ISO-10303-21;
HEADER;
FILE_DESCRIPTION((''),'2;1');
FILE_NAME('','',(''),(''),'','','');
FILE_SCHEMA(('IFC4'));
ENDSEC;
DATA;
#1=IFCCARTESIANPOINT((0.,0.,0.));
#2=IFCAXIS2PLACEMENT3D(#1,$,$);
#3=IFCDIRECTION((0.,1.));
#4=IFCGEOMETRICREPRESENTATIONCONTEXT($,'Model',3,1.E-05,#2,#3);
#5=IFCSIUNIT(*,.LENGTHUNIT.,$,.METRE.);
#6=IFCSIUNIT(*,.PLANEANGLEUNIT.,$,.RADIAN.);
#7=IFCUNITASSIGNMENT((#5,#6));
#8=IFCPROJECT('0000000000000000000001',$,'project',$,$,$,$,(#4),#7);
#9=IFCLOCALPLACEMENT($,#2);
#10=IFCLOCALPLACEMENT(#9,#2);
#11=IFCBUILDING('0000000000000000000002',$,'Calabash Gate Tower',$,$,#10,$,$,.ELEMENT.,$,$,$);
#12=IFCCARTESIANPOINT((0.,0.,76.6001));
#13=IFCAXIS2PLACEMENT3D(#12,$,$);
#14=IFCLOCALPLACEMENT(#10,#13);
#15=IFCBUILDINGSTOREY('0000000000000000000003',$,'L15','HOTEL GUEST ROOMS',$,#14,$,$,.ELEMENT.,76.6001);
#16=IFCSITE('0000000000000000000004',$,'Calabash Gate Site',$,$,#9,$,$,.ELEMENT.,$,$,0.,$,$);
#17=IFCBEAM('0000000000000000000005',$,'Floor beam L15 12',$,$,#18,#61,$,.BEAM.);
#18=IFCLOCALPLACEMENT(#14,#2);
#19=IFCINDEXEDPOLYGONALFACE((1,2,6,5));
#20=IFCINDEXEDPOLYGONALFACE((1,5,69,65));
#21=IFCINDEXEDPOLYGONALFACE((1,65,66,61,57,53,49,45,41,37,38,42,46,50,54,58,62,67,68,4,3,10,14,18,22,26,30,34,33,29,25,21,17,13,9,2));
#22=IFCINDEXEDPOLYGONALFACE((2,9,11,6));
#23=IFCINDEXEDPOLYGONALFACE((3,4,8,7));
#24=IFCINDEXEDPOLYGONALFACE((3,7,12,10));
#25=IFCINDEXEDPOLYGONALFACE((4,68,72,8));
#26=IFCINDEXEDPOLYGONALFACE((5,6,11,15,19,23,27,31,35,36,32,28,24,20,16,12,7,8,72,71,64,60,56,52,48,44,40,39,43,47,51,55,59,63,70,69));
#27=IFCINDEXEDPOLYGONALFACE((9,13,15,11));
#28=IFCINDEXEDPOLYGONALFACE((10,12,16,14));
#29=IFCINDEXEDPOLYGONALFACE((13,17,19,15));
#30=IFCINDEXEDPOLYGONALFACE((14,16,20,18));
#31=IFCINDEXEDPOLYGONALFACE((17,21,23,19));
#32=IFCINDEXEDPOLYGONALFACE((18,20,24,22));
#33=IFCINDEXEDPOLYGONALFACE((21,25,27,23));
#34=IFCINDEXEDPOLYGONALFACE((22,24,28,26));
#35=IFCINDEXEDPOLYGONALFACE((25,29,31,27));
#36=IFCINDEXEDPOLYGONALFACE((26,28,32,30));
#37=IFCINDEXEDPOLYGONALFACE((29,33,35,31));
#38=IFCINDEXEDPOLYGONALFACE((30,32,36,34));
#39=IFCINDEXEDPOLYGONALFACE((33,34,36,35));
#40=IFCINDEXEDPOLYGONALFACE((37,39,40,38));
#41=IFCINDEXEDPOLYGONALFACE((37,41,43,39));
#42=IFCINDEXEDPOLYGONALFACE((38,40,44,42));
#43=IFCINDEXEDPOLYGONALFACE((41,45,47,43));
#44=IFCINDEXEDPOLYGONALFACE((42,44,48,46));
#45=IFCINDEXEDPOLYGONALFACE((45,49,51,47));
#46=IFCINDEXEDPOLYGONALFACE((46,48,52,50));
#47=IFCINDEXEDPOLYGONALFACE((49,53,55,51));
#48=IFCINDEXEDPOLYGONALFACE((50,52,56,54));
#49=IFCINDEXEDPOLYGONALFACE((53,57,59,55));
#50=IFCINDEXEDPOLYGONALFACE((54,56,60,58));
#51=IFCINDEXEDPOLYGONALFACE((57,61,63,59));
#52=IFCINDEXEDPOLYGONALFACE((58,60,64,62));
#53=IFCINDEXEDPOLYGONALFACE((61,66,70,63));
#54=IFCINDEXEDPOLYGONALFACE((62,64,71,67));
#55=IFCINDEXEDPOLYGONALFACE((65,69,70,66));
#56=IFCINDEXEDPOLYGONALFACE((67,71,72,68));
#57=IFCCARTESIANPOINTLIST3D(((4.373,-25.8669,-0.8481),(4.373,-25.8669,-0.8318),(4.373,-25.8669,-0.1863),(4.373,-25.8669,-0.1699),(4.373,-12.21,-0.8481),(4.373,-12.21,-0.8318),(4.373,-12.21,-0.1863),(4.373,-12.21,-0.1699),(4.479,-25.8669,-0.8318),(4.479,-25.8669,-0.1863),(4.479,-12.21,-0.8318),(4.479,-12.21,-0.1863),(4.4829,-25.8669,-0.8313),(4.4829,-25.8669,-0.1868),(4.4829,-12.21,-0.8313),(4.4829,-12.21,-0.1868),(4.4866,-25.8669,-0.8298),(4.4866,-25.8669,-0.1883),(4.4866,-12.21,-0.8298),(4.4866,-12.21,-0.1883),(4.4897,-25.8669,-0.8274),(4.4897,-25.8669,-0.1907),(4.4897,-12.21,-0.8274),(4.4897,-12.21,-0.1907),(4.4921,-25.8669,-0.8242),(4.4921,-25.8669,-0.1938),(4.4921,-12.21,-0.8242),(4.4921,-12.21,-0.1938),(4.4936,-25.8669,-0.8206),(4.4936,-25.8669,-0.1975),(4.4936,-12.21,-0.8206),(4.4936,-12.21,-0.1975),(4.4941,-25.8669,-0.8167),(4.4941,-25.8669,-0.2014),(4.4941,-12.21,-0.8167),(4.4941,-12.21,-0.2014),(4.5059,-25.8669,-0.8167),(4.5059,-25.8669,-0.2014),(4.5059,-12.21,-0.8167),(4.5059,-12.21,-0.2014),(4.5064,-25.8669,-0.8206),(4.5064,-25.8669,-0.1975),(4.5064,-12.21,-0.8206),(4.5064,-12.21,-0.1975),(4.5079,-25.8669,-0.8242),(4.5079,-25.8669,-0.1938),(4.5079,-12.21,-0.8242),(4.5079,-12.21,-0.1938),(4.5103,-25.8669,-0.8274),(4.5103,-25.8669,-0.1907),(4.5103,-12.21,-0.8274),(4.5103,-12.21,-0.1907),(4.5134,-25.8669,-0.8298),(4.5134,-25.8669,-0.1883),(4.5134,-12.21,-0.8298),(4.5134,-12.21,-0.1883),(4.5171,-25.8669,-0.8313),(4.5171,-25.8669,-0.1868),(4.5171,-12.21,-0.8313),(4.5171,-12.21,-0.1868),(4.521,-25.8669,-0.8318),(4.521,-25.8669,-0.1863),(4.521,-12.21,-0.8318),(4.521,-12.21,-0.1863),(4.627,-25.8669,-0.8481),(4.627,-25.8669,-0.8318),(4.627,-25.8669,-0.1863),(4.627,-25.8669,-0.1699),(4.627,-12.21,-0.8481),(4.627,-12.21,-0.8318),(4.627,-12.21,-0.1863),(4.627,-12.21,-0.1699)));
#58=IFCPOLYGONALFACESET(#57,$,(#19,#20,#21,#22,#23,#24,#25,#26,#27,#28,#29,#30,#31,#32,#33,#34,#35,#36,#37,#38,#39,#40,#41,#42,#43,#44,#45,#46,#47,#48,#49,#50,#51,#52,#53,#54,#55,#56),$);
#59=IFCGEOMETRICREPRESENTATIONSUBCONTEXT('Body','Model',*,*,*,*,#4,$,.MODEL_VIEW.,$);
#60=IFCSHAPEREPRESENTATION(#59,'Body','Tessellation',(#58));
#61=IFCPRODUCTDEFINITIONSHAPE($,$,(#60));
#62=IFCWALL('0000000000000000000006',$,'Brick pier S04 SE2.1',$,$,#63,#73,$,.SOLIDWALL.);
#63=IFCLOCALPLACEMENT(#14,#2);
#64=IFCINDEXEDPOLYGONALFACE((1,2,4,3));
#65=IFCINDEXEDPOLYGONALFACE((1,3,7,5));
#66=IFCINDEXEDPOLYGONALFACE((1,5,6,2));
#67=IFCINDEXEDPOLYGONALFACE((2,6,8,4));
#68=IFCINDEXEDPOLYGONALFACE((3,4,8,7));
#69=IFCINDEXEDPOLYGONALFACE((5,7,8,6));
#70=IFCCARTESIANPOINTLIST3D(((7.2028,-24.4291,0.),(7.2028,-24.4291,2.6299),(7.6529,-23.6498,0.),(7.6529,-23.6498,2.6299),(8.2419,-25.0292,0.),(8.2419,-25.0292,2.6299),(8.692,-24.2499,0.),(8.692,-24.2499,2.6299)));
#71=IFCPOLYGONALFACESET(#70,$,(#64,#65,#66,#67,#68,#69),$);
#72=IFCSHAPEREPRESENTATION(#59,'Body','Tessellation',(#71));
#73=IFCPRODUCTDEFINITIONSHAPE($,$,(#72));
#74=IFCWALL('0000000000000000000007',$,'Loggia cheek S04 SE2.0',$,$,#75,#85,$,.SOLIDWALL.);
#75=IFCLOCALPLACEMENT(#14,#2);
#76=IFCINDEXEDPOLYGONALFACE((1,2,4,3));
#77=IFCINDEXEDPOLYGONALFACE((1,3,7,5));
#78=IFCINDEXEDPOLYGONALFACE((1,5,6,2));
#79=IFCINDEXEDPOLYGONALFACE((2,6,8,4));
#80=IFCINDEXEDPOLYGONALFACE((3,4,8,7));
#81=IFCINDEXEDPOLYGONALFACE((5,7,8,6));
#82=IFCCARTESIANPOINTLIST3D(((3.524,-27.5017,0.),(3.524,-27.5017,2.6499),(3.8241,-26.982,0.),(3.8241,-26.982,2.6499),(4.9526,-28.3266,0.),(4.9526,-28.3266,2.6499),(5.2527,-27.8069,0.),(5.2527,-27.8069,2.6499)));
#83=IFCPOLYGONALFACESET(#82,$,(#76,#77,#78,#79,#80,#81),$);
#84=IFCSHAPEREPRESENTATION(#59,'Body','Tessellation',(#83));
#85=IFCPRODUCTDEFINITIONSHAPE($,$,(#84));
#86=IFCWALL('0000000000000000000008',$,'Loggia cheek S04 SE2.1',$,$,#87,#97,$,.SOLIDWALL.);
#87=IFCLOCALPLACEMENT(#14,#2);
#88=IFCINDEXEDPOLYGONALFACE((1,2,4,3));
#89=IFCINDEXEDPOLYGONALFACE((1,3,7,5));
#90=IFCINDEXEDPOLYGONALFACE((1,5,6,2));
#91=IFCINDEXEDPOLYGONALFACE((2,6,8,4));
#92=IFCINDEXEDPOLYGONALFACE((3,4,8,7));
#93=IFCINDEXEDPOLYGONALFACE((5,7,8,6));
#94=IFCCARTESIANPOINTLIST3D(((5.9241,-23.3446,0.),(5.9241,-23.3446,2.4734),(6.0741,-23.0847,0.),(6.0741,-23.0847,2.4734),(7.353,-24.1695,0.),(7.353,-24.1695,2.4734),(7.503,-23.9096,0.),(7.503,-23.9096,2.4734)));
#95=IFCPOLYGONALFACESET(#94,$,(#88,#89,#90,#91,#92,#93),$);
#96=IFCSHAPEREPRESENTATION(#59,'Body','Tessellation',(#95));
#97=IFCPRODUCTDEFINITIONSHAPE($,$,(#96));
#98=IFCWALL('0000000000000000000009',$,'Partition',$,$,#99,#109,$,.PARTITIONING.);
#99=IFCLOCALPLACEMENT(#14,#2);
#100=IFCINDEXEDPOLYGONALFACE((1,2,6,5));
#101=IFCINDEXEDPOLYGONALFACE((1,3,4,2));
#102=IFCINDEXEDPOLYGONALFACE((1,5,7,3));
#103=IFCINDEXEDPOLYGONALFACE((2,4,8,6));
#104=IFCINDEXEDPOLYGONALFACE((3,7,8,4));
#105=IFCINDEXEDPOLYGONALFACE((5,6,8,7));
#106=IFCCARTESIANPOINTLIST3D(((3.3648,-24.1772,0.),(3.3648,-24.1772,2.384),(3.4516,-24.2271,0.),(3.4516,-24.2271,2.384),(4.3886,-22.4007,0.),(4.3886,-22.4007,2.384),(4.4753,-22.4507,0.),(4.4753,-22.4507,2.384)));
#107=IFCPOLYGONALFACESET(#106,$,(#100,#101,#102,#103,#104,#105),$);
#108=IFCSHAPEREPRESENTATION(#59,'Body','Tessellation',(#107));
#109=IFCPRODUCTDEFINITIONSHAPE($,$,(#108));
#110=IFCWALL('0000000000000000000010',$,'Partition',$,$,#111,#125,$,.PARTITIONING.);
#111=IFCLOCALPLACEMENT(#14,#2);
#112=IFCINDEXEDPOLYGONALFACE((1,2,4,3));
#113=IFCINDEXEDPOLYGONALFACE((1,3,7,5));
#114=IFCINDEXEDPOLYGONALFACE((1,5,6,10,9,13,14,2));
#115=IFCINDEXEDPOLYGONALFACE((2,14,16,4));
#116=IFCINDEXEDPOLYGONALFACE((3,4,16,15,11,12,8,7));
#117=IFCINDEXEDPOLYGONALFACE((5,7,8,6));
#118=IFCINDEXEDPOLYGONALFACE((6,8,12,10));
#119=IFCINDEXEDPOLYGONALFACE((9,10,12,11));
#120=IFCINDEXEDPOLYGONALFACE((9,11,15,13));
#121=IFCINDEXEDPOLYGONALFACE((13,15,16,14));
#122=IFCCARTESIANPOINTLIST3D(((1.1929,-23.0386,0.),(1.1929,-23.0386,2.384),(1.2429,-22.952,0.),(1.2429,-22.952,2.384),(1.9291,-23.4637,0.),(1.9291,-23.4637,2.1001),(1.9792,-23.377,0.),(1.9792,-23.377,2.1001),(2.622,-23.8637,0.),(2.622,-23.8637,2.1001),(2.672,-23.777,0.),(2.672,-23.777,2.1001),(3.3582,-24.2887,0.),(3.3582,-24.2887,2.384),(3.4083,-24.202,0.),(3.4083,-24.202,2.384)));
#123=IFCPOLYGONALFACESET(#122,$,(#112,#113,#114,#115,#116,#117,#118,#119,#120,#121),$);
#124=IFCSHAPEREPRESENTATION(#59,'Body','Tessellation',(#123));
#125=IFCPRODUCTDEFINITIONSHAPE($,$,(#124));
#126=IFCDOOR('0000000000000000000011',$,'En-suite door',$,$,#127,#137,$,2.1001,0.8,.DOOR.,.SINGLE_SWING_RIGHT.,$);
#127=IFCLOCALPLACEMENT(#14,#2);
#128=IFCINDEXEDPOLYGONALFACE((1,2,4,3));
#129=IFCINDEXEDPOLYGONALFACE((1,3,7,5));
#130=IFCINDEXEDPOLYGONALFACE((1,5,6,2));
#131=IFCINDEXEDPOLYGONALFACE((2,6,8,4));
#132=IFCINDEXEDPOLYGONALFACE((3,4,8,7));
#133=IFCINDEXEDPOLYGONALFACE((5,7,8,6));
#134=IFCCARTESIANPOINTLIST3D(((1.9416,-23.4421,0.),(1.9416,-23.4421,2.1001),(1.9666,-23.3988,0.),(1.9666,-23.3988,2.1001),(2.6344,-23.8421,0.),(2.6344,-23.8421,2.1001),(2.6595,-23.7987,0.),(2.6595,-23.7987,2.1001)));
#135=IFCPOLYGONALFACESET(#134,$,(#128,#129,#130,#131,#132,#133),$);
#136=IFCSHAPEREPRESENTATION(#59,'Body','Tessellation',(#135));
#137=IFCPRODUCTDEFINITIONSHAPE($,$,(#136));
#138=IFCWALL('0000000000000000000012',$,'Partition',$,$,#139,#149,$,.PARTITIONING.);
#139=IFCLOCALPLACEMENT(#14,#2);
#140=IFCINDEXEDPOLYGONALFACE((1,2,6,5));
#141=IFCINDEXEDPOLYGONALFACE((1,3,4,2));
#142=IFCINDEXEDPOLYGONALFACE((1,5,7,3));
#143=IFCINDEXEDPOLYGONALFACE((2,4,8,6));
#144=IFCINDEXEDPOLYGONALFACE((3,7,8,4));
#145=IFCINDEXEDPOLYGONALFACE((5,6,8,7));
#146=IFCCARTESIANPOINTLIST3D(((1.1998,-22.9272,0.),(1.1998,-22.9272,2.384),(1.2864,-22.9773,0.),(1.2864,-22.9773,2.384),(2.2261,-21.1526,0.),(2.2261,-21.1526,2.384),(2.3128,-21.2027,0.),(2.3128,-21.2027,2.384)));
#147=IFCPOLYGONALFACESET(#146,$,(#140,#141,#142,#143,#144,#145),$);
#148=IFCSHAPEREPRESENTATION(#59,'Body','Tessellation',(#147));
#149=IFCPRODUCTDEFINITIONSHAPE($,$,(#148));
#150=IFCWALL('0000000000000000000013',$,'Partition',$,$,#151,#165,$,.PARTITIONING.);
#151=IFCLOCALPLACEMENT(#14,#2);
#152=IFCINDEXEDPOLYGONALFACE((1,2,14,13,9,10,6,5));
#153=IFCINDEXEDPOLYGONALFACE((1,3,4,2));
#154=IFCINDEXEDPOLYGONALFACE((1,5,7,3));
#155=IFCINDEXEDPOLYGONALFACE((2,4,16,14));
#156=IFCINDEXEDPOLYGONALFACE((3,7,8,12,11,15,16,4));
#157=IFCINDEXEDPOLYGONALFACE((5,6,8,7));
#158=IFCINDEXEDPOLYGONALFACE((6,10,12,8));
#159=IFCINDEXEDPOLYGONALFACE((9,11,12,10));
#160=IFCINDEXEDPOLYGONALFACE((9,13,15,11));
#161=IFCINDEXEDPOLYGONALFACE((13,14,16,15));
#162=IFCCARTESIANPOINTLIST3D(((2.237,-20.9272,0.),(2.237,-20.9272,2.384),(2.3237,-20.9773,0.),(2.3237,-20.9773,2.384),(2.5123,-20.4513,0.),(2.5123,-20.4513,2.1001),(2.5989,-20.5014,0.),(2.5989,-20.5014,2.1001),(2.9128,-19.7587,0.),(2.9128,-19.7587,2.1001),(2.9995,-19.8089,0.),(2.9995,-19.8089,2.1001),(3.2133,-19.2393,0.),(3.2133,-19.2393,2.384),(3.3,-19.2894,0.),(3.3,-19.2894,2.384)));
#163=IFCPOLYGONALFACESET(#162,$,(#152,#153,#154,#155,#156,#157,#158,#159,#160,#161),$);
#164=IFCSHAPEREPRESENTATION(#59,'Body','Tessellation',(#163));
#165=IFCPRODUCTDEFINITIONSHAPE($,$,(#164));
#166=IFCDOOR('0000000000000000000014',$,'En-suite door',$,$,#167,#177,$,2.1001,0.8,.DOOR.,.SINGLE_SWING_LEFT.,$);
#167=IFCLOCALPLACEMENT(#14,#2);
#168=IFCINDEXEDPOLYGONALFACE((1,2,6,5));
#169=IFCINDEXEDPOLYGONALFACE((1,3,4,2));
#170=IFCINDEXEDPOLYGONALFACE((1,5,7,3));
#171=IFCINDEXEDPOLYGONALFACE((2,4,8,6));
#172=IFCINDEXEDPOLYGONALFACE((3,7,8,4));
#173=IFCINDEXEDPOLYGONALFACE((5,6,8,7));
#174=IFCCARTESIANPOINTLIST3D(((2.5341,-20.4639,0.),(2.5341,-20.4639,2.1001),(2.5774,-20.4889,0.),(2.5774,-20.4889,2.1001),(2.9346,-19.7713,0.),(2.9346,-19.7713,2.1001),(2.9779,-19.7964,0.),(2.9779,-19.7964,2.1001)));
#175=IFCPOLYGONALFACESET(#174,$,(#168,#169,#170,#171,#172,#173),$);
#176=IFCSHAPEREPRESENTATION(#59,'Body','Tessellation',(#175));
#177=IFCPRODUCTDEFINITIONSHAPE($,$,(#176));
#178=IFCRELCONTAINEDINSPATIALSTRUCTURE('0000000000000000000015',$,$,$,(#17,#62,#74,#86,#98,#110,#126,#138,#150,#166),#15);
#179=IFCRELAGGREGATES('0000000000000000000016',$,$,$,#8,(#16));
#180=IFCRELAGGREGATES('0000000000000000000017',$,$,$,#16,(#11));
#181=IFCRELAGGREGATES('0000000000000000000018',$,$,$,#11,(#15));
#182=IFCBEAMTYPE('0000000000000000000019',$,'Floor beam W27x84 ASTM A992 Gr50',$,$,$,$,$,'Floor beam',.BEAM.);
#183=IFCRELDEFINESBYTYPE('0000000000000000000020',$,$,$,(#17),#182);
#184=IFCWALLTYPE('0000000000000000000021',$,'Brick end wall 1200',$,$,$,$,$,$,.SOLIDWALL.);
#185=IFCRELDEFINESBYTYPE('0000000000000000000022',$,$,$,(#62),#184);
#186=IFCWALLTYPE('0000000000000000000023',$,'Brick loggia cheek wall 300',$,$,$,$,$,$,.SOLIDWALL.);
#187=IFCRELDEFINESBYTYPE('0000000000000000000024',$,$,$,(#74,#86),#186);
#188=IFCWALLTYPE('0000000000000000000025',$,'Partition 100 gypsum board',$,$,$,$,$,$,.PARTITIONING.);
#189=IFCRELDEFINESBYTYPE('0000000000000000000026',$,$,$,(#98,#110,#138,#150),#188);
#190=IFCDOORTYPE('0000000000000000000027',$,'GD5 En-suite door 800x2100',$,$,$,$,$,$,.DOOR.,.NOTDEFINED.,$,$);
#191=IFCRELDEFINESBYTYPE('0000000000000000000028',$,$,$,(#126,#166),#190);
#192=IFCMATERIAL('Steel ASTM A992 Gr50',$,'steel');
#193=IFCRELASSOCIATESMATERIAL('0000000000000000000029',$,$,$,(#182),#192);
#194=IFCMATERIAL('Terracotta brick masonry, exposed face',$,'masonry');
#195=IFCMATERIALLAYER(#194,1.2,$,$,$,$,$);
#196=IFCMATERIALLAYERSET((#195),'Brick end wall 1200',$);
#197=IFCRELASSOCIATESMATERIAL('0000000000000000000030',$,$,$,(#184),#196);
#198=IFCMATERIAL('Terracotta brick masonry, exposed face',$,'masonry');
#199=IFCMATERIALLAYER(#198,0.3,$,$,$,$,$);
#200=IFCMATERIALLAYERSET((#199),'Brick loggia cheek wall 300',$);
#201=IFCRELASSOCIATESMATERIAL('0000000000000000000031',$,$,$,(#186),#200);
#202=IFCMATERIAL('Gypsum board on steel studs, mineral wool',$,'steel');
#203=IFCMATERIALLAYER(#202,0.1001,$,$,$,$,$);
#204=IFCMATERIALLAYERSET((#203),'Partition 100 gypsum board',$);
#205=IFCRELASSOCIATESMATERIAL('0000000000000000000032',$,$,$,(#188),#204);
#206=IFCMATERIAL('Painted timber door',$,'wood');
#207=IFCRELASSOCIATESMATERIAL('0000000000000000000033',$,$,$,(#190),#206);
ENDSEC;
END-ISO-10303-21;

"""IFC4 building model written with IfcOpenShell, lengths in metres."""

from ifc_helpers import new_model, si_unit, direction, frame, frame_2d, origin, origin_2d, place, context, subcontext, project, spatial, rectangle, i_section, extrude, material, layer, layer_set, material_profile, profile_set, type_object, element, fill, save


model = new_model("IFC4")

# Units and contexts
model_context = context("Model", 3, precision=1e-05, world=origin(), true_north=direction((0.0, 1.0)))
body_context = subcontext(model_context, "Body", "Model", "MODEL_VIEW")
ifc_project = project(units=[si_unit("LENGTHUNIT", "METRE"), si_unit("PLANEANGLEUNIT", "RADIAN")], contexts=[model_context])

# Site, building, storey
site_placement = place(None, origin())
site = spatial("IfcSite", under=ifc_project, at=site_placement, Name="Calabash Gate Site", CompositionType="ELEMENT", RefElevation=0.0)
building_placement = place(site_placement, origin())
building = spatial("IfcBuilding", under=site, at=building_placement, Name="Calabash Gate Tower", CompositionType="ELEMENT")
storey_placement = place(building_placement, frame((0.0, 0.0, 76.6001)))
storey = spatial("IfcBuildingStorey", under=building, at=storey_placement, Name="L15", Description="HOTEL GUEST ROOMS", CompositionType="ELEMENT", Elevation=76.6001)

# Beam
ifc_material_1 = material(Name="Steel ASTM A992 Gr50", Category="steel")
ifc_material_profile_1 = material_profile(ifc_material_1, i_section(OverallWidth=0.2539, OverallDepth=0.6782, WebThickness=0.0117, FlangeThickness=0.0164, FilletRadius=0.0151, at=origin_2d()))
ifc_profile_set_1 = profile_set([ifc_material_profile_1], Name="Steel ASTM A992 Gr50")
beam_type_1 = type_object("IfcBeamType", Name="Floor beam W27x84 ASTM A992 Gr50", ElementType="Floor beam", PredefinedType="BEAM", material=ifc_profile_set_1)
beam_1_placement = place(storey_placement, frame((4.5, -25.8669, -0.509), z_axis=(0.0, 1.0, 0.0), x_axis=(-1.0, 0.0, 0.0)))
element("IfcBeam", 1, at=beam_1_placement, inside=storey, type_object=beam_type_1, Name="Floor beam L15 12", PredefinedType="BEAM", context=body_context, shape_type="SweptSolid", body=[
    extrude(i_section(OverallWidth=0.2539, OverallDepth=0.6782, WebThickness=0.0117, FlangeThickness=0.0164, FilletRadius=0.0151, at=origin_2d()), origin(), (0.0, 0.0, 1.0), 13.657),
])

# Walls
ifc_material_2 = material(Name="Terracotta brick masonry, exposed face", Category="masonry")
ifc_layer_1 = layer(ifc_material_2, 1.2)
ifc_layer_set_1 = layer_set([ifc_layer_1], Name="Brick end wall 1200")
wall_type_1 = type_object("IfcWallType", Name="Brick end wall 1200", PredefinedType="SOLIDWALL", material=ifc_layer_set_1)
wall_1_placement = place(storey_placement, frame((8.467, -24.6396, 0.0), z_axis=(0.0, 0.0, 1.0), x_axis=(-0.865955, 0.500122, 0.0)))
element("IfcWall", 2, at=wall_1_placement, inside=storey, type_object=wall_type_1, Name="Brick pier S04 SE2.1", PredefinedType="SOLIDWALL", context=body_context, shape_type="SweptSolid", body=[
    extrude(rectangle(XDim=1.2, YDim=0.8999, at=frame_2d((0.6001, 0.0))), origin(), (0.0, 0.0, 1.0), 2.6299),
])
ifc_material_3 = material(Name="Terracotta brick masonry, exposed face", Category="masonry")
ifc_layer_2 = layer(ifc_material_3, 0.3)
ifc_layer_set_2 = layer_set([ifc_layer_2], Name="Brick loggia cheek wall 300")
wall_type_2 = type_object("IfcWallType", Name="Brick loggia cheek wall 300", PredefinedType="SOLIDWALL", material=ifc_layer_set_2)
wall_2_placement = place(storey_placement, frame((5.1025, -28.0667, 0.0), z_axis=(0.0, 0.0, 1.0), x_axis=(-0.866003, 0.500038, 0.0)))
element("IfcWall", 3, at=wall_2_placement, inside=storey, type_object=wall_type_2, Name="Loggia cheek S04 SE2.0", PredefinedType="SOLIDWALL", context=body_context, shape_type="SweptSolid", body=[
    extrude(rectangle(XDim=1.6497, YDim=0.6001, at=frame_2d((0.8247, 0.0))), origin(), (0.0, 0.0, 1.0), 2.6499),
])
wall_3_placement = place(storey_placement, frame((7.428, -24.0396, 0.0), z_axis=(0.0, 0.0, 1.0), x_axis=(-0.86604, 0.499974, 0.0)))
element("IfcWall", 4, at=wall_3_placement, inside=storey, type_object=wall_type_2, Name="Loggia cheek S04 SE2.1", PredefinedType="SOLIDWALL", context=body_context, shape_type="SweptSolid", body=[
    extrude(rectangle(XDim=1.6499, YDim=0.3, at=frame_2d((0.825, 0.0))), origin(), (0.0, 0.0, 1.0), 2.4734),
])
ifc_material_4 = material(Name="Gypsum board on steel studs, mineral wool", Category="steel")
ifc_layer_3 = layer(ifc_material_4, 0.1001)
ifc_layer_set_3 = layer_set([ifc_layer_3], Name="Partition 100 gypsum board")
wall_type_3 = type_object("IfcWallType", Name="Partition 100 gypsum board", PredefinedType="PARTITIONING", material=ifc_layer_set_3)
wall_4_placement = place(storey_placement, frame((3.4082, -24.2021, 0.0), z_axis=(0.0, 0.0, 1.0), x_axis=(0.499303, 0.866427, 0.0)))
element("IfcWall", 5, at=wall_4_placement, inside=storey, type_object=wall_type_3, Name="Partition", PredefinedType="PARTITIONING", context=body_context, shape_type="SweptSolid", body=[
    extrude(rectangle(XDim=2.0503, YDim=0.1001, at=frame_2d((1.0251, 0.0))), origin(), (0.0, 0.0, 1.0), 2.384),
])

# Wall, opening, door
wall_5_placement = place(storey_placement, frame((1.218, -22.9954, 0.0), z_axis=(0.0, 0.0, 1.0), x_axis=(0.866047, -0.499962, 0.0)))
wall_5 = element("IfcWall", 6, at=wall_5_placement, inside=storey, type_object=wall_type_3, Name="Partition", PredefinedType="PARTITIONING", context=body_context, shape_type="SweptSolid", body=[
    extrude(rectangle(XDim=2.5002, YDim=0.1001, at=frame_2d((1.25, 0.0))), origin(), (0.0, 0.0, 1.0), 2.384),
])
opening_1_placement = place(wall_5_placement, frame((0.8501, 0.0, 0.0)))
opening_1 = element("IfcOpeningElement", 7, at=opening_1_placement, cuts=wall_5, PredefinedType="OPENING", context=body_context, shape_type="SweptSolid", body=[
    extrude(rectangle(XDim=0.8, YDim=2.1001, at=frame_2d((0.3999, 1.05))), frame((0.0, 0.0601, 0.0), z_axis=(0.0, -1.0, 0.0), x_axis=(1.0, 0.0, 0.0)), (0.0, 0.0, 1.0), 0.1201),
])
ifc_material_5 = material(Name="Painted timber door", Category="wood")
door_type_1 = type_object("IfcDoorType", Name="GD5 En-suite door 800x2100", OperationType="NOTDEFINED", PredefinedType="DOOR", material=ifc_material_5)
door_1_placement = place(opening_1_placement, origin())
door_1 = element("IfcDoor", 8, at=door_1_placement, inside=storey, type_object=door_type_1, Name="En-suite door", OperationType="SINGLE_SWING_RIGHT", OverallHeight=2.1001, OverallWidth=0.8, PredefinedType="DOOR", context=body_context, shape_type="SweptSolid", body=[
    extrude(rectangle(XDim=0.8, YDim=2.1001, at=frame_2d((0.3999, 1.05))), frame((0.0, 0.0249, 0.0), z_axis=(0.0, -1.0, 0.0), x_axis=(1.0, 0.0, 0.0)), (0.0, 0.0, 1.0), 0.05),
])
fill(opening_1, door_1)

# Wall
wall_6_placement = place(storey_placement, frame((1.2432, -22.9521, 0.0), z_axis=(0.0, 0.0, 1.0), x_axis=(0.500647, 0.865652, 0.0)))
element("IfcWall", 9, at=wall_6_placement, inside=storey, type_object=wall_type_3, Name="Partition", PredefinedType="PARTITIONING", context=body_context, shape_type="SweptSolid", body=[
    extrude(rectangle(XDim=2.05, YDim=0.1001, at=frame_2d((1.0249, 0.0))), origin(), (0.0, 0.0, 1.0), 2.384),
])

# Wall, opening, door
wall_7_placement = place(storey_placement, frame((2.2803, -20.9524, 0.0), z_axis=(0.0, 0.0, 1.0), x_axis=(0.500676, 0.865635, 0.0)))
wall_7 = element("IfcWall", 10, at=wall_7_placement, inside=storey, type_object=wall_type_3, Name="Partition", PredefinedType="PARTITIONING", context=body_context, shape_type="SweptSolid", body=[
    extrude(rectangle(XDim=1.95, YDim=0.1001, at=frame_2d((0.9751, 0.0))), origin(), (0.0, 0.0, 1.0), 2.384),
])
opening_2_placement = place(wall_7_placement, frame((0.55, 0.0, 0.0)))
opening_2 = element("IfcOpeningElement", 11, at=opening_2_placement, cuts=wall_7, PredefinedType="OPENING", context=body_context, shape_type="SweptSolid", body=[
    extrude(rectangle(XDim=0.8, YDim=2.1001, at=frame_2d((0.3999, 1.05))), frame((0.0, 0.0601, 0.0), z_axis=(0.0, -1.0, 0.0), x_axis=(1.0, 0.0, 0.0)), (0.0, 0.0, 1.0), 0.1201),
])
door_2_placement = place(opening_2_placement, origin())
door_2 = element("IfcDoor", 12, at=door_2_placement, inside=storey, type_object=door_type_1, Name="En-suite door", OperationType="SINGLE_SWING_LEFT", OverallHeight=2.1001, OverallWidth=0.8, PredefinedType="DOOR", context=body_context, shape_type="SweptSolid", body=[
    extrude(rectangle(XDim=0.8, YDim=2.1001, at=frame_2d((0.3999, 1.05))), frame((0.0, 0.0249, 0.0), z_axis=(0.0, -1.0, 0.0), x_axis=(1.0, 0.0, 0.0)), (0.0, 0.0, 1.0), 0.05),
])
fill(opening_2, door_2)

save(model, "model.ifc")
